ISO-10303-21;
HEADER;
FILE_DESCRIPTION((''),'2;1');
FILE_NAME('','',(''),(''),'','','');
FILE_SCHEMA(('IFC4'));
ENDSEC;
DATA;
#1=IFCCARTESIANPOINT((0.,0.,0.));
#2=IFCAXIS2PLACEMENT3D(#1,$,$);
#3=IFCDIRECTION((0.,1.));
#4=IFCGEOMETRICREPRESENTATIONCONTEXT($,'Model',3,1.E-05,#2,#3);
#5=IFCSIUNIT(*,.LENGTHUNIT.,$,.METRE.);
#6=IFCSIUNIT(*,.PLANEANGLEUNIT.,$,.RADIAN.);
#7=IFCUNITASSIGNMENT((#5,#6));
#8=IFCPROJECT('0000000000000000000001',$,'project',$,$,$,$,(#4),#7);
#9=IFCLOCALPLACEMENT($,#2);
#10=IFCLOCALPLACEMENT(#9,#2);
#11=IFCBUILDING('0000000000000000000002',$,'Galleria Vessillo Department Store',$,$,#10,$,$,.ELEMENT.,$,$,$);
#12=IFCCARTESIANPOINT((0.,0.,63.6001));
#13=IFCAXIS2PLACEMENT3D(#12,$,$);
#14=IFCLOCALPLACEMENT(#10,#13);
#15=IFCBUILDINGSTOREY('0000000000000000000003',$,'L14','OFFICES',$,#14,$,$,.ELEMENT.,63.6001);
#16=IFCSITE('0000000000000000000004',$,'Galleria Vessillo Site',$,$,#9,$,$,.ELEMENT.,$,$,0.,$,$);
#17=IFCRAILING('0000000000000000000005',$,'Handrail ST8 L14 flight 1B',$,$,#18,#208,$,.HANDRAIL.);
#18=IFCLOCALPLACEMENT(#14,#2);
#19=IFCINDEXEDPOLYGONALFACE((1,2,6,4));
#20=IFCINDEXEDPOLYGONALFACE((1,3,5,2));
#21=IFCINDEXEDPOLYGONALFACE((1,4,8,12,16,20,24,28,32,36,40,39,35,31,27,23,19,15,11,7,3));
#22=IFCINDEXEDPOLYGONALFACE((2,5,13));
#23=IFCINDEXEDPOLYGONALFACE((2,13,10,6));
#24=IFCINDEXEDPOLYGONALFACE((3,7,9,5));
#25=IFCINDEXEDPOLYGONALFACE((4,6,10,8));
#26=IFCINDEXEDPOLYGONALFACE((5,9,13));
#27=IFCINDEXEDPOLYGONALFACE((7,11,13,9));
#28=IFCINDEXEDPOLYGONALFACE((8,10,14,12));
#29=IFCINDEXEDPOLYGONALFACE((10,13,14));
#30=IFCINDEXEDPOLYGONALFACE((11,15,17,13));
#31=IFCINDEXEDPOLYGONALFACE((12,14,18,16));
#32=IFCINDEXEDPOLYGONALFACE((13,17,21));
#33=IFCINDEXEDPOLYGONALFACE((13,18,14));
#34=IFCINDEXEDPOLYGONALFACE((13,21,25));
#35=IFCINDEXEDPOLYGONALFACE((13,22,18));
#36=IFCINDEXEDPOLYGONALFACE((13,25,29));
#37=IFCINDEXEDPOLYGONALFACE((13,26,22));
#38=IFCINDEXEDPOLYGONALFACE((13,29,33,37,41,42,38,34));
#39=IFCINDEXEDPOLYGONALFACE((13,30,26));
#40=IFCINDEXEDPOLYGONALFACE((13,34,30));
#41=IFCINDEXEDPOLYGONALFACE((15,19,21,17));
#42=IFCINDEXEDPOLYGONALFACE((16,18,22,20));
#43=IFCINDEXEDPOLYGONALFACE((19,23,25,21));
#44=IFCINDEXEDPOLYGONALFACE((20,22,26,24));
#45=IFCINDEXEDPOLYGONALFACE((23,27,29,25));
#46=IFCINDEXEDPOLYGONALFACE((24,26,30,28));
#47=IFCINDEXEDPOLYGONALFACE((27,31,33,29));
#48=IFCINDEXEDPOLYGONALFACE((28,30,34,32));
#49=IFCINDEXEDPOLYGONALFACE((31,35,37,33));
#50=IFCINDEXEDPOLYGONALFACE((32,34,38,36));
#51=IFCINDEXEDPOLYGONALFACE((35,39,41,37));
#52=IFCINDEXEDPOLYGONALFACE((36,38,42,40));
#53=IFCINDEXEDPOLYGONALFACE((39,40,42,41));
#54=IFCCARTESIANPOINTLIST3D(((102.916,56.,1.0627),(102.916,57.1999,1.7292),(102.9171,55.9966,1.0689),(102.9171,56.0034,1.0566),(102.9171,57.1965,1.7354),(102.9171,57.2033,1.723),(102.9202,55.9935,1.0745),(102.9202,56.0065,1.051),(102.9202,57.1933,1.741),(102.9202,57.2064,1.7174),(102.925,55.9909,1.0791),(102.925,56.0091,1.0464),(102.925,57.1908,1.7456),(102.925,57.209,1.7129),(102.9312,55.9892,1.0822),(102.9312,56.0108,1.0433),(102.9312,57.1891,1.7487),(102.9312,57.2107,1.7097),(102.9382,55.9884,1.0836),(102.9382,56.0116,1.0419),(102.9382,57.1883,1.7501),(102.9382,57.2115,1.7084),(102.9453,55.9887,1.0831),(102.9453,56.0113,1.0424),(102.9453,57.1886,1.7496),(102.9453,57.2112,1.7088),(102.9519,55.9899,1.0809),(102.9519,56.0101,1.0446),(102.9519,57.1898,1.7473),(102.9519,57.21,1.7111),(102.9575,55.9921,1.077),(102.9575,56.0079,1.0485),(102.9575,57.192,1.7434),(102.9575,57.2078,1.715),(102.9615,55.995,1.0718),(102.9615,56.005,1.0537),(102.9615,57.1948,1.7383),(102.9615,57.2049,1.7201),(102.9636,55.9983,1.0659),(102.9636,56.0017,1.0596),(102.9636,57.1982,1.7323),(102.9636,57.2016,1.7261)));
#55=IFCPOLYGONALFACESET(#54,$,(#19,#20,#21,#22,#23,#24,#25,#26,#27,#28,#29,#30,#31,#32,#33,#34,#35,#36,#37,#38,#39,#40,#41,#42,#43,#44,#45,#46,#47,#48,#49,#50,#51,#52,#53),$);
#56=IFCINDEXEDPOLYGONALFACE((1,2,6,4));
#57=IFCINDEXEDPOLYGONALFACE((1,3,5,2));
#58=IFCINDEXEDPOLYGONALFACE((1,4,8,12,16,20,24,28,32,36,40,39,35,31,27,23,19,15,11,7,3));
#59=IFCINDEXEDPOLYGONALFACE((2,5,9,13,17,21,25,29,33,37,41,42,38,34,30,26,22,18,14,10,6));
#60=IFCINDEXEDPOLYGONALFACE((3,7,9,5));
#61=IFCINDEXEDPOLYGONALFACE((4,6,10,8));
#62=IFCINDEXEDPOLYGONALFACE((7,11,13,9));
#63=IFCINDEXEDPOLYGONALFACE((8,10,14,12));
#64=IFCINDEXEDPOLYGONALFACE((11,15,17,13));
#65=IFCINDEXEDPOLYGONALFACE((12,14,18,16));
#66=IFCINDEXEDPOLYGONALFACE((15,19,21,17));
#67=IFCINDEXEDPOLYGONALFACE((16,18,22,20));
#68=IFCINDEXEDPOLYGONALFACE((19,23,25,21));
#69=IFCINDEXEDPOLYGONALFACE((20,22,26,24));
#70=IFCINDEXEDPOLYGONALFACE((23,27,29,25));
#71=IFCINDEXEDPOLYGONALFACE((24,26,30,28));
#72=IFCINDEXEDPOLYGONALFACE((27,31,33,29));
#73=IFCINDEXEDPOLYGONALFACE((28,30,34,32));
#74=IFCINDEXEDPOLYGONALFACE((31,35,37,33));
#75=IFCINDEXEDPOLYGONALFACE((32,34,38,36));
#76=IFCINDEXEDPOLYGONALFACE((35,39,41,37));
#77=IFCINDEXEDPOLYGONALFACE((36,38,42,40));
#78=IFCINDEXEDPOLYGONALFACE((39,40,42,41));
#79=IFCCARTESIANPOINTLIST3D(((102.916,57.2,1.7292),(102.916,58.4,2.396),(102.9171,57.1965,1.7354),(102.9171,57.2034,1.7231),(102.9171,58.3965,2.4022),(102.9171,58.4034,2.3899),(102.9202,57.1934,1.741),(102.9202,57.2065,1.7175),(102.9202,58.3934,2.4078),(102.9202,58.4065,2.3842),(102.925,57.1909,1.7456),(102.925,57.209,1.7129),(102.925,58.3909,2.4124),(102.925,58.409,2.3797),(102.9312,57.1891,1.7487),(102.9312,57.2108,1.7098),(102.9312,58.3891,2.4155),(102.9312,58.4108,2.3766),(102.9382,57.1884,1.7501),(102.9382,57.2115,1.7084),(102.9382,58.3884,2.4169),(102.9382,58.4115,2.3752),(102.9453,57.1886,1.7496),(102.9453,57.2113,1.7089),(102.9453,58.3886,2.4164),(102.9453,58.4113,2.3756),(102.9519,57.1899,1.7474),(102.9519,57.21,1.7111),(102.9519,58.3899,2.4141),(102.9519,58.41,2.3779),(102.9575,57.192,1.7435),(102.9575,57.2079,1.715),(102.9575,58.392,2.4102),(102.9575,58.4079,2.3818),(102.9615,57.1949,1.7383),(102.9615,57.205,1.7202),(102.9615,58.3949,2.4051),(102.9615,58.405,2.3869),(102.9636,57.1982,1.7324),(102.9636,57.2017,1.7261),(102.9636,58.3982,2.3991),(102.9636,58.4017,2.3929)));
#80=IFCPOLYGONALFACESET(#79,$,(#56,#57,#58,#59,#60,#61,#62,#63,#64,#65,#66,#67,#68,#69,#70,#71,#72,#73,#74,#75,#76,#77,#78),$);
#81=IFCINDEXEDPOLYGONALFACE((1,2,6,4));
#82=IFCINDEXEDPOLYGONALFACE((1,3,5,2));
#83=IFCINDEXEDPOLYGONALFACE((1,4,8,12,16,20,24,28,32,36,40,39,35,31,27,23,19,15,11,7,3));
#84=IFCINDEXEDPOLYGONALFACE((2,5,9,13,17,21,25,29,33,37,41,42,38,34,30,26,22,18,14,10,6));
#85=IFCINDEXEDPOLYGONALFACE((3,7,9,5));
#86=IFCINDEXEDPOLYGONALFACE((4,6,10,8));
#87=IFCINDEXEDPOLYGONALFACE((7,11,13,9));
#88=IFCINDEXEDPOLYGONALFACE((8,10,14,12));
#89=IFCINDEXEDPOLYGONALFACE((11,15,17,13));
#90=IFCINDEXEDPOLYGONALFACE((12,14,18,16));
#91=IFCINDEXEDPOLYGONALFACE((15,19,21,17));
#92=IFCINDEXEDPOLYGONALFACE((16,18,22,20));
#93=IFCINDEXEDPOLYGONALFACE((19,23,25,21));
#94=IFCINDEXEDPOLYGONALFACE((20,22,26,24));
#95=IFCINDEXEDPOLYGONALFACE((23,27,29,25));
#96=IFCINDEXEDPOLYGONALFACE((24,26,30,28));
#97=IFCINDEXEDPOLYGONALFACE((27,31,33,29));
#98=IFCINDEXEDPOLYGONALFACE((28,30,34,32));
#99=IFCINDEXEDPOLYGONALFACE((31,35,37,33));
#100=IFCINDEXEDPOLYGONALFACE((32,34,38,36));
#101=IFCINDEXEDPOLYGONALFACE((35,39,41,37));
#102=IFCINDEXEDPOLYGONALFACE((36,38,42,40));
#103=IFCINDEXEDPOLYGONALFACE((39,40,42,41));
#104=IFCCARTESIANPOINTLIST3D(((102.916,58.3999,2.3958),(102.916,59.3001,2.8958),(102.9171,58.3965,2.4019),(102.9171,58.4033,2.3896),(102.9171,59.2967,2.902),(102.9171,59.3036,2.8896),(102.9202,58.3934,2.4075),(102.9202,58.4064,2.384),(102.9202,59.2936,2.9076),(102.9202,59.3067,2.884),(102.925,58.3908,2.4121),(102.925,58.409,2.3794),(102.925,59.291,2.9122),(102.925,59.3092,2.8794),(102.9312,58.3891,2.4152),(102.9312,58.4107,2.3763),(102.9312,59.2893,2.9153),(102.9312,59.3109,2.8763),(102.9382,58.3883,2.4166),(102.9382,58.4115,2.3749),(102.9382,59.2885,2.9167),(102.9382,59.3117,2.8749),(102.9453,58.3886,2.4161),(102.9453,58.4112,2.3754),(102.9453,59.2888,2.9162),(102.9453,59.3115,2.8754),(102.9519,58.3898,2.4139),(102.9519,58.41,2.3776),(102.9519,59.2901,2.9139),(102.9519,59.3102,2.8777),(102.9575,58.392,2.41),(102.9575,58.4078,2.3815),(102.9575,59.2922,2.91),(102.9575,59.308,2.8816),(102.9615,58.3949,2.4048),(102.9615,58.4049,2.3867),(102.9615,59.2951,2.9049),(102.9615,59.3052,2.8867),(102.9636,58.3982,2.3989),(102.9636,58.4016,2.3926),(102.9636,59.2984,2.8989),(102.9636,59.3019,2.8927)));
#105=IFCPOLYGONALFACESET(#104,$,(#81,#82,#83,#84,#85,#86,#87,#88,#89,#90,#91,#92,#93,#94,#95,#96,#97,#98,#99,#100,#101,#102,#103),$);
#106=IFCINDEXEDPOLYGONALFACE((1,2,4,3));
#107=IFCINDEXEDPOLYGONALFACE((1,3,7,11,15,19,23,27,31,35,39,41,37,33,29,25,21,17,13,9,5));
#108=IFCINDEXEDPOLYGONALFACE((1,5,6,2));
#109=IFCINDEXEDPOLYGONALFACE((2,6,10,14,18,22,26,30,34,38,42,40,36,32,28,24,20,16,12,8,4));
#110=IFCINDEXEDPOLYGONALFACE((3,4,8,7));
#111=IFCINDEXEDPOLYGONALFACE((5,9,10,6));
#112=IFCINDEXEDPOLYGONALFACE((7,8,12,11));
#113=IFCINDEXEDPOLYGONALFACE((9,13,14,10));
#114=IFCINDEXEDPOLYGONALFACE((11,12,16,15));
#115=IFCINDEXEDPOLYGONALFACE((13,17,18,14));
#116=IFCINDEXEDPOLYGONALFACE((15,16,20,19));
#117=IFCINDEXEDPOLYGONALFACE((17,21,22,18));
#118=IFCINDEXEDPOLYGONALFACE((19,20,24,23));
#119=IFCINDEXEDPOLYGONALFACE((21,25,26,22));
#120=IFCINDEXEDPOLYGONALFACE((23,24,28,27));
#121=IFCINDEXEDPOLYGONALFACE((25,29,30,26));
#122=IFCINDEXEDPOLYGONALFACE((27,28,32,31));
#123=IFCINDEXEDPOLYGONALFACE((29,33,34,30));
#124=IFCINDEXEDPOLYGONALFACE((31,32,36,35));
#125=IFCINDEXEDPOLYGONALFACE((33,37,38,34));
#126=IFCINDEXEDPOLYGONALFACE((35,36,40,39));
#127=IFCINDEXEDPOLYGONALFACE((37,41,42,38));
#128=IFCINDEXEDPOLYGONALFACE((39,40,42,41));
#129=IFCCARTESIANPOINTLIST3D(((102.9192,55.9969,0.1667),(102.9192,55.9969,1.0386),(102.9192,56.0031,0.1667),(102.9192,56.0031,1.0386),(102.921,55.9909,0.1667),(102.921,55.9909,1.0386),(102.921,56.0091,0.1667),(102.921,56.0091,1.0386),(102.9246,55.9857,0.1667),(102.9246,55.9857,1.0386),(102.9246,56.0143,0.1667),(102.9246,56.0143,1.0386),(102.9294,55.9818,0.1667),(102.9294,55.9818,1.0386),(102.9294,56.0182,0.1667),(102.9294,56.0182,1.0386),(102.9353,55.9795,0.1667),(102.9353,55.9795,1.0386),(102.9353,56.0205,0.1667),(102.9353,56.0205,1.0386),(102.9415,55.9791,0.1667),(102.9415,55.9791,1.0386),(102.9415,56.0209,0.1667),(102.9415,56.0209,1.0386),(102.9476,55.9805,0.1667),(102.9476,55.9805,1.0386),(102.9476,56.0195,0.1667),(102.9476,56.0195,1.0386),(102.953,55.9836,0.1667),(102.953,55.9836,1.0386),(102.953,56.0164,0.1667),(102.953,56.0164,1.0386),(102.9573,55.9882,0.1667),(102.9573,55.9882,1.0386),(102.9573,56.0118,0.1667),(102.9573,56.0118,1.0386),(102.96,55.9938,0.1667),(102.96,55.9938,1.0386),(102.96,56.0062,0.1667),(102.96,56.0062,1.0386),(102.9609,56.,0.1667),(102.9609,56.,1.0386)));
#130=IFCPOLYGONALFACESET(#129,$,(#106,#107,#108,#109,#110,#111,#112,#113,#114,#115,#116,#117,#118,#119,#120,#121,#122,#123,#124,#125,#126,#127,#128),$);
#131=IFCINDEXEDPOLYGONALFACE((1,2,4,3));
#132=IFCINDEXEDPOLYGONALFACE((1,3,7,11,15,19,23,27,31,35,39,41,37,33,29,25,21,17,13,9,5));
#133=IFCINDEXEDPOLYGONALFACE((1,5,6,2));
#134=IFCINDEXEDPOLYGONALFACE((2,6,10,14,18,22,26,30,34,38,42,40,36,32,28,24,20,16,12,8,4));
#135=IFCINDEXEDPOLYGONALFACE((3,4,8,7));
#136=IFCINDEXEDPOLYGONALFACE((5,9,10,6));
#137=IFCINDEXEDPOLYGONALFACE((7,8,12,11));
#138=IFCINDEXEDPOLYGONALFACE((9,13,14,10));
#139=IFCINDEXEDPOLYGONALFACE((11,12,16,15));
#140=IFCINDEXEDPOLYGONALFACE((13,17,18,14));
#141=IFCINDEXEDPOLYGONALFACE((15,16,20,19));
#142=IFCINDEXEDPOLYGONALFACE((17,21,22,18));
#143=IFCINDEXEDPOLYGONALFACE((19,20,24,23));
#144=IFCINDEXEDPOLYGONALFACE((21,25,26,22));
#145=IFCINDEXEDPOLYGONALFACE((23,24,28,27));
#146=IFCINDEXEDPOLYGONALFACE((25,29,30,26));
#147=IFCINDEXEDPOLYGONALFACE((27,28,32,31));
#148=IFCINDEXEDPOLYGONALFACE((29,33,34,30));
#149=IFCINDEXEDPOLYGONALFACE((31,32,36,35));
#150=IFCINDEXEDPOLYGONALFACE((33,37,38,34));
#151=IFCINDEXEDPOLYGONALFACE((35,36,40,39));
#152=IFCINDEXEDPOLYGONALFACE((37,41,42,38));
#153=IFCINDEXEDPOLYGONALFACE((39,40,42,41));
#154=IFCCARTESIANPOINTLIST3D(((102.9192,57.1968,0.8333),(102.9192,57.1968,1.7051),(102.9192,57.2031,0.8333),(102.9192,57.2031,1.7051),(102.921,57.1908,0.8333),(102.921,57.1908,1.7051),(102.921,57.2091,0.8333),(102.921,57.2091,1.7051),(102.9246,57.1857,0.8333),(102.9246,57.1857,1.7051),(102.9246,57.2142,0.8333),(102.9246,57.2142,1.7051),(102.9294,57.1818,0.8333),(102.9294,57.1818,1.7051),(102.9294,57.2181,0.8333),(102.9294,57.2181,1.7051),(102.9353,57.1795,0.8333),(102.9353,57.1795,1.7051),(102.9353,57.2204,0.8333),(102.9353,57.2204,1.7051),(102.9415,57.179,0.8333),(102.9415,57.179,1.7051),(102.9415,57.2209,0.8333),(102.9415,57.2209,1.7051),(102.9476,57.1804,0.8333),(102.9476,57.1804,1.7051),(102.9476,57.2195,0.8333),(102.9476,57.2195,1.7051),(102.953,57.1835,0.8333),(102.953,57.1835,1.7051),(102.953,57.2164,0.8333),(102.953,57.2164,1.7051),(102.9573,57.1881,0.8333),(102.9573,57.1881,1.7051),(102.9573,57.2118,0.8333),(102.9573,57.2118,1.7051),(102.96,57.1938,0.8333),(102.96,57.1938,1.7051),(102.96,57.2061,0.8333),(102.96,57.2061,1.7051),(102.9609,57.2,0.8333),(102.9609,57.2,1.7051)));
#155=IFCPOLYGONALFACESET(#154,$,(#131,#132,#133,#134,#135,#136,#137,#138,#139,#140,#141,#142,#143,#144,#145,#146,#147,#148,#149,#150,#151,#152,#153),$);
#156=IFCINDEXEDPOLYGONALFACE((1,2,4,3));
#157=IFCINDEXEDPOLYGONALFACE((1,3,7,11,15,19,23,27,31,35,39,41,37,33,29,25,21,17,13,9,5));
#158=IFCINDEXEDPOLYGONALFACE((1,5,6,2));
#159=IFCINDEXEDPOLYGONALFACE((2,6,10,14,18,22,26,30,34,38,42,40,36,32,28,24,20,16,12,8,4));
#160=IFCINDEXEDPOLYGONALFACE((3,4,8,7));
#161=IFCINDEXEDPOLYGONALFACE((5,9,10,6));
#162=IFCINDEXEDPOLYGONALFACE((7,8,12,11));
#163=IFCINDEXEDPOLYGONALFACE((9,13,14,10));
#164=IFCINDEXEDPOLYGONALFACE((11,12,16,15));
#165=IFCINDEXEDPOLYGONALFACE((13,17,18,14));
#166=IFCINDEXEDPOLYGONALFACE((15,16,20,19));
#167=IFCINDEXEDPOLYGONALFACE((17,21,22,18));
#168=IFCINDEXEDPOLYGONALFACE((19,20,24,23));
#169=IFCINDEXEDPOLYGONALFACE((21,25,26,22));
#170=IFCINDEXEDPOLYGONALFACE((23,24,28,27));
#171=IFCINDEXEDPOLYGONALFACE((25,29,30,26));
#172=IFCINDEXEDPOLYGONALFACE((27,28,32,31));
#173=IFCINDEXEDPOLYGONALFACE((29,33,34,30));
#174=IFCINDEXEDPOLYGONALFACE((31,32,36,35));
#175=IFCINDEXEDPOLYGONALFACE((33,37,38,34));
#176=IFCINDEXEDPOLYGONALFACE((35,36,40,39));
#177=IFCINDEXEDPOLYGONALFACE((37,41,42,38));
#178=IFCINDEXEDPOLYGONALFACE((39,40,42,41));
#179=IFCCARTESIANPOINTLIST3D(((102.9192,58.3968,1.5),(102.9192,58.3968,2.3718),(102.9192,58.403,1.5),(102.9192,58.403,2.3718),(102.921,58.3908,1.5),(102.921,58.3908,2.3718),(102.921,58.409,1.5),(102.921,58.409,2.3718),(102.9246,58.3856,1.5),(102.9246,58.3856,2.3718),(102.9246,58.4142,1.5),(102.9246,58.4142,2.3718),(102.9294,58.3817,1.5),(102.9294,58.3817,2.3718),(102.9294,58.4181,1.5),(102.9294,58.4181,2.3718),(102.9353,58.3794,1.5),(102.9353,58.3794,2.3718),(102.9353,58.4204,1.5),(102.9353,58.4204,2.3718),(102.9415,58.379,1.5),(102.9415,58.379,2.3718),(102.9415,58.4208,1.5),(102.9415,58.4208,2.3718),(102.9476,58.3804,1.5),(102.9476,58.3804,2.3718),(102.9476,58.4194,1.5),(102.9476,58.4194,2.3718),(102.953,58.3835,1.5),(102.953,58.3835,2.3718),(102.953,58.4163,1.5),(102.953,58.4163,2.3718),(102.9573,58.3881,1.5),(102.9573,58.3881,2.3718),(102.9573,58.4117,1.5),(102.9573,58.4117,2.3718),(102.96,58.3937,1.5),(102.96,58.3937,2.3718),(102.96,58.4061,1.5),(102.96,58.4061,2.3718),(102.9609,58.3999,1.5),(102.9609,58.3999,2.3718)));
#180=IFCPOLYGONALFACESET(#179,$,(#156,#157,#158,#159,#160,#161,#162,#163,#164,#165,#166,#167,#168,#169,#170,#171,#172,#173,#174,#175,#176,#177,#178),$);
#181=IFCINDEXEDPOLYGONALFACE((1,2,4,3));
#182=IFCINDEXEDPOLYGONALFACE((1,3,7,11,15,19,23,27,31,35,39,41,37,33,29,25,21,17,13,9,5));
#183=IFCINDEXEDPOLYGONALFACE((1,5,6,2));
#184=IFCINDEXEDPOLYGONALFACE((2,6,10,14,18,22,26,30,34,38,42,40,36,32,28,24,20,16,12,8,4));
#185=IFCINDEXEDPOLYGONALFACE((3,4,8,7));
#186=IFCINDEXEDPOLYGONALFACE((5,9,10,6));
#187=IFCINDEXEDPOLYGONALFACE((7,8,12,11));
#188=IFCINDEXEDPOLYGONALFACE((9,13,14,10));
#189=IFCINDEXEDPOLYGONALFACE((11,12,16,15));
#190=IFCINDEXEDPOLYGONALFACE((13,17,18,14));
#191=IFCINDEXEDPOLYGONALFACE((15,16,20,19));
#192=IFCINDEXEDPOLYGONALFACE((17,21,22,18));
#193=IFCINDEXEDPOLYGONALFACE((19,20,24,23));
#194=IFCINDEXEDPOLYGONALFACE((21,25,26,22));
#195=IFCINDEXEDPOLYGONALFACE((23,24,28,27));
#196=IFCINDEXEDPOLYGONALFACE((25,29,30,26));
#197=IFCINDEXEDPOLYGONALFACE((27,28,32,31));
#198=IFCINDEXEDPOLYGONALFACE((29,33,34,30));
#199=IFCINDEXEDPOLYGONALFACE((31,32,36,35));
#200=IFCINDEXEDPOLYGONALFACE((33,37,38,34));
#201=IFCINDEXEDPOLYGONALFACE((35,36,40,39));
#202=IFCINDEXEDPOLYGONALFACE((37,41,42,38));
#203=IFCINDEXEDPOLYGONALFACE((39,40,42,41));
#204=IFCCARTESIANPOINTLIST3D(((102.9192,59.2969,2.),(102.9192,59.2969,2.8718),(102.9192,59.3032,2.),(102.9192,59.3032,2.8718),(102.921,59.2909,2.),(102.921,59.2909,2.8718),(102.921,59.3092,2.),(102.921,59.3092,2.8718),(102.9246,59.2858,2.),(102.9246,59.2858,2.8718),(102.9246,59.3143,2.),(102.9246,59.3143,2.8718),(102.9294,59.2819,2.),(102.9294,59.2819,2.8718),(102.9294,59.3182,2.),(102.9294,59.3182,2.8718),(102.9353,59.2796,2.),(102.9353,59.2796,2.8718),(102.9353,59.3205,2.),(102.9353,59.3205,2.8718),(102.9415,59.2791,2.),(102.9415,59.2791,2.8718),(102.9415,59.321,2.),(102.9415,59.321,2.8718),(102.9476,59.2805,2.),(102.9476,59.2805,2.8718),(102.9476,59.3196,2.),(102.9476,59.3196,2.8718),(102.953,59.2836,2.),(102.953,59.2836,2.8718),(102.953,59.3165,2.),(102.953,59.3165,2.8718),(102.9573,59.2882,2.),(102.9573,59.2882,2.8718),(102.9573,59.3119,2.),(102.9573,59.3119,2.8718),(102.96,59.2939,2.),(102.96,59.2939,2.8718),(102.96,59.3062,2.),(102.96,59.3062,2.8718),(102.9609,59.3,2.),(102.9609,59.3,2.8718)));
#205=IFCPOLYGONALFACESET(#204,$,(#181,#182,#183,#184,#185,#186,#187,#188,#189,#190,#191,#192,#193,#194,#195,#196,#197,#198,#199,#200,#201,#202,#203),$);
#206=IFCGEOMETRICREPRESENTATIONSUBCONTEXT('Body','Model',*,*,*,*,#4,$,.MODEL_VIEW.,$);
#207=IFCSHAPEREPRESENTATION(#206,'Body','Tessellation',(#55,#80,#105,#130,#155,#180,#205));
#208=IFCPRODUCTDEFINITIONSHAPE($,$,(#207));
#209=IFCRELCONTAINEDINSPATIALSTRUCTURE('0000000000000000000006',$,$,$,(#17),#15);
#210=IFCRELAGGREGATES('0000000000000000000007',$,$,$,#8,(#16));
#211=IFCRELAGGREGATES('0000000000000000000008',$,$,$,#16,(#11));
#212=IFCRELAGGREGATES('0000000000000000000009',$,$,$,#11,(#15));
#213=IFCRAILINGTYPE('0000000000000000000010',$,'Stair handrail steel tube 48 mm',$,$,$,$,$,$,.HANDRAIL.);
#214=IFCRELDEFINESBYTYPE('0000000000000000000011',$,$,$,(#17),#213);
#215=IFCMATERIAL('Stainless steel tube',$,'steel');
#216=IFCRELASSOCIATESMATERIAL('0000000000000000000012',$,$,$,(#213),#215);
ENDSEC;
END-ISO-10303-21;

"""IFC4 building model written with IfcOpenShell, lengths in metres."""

from ifc_helpers import new_model, si_unit, direction, frame, origin, origin_2d, place, context, subcontext, project, spatial, circle, extrude, material, type_object, element, save


model = new_model("IFC4")

# Units and contexts
model_context = context("Model", 3, precision=1e-05, world=origin(), true_north=direction((0.0, 1.0)))
body_context = subcontext(model_context, "Body", "Model", "MODEL_VIEW")
ifc_project = project(units=[si_unit("LENGTHUNIT", "METRE"), si_unit("PLANEANGLEUNIT", "RADIAN")], contexts=[model_context])

# Site, building, storey
site_placement = place(None, origin())
site = spatial("IfcSite", under=ifc_project, at=site_placement, Name="Galleria Vessillo Site", CompositionType="ELEMENT", RefElevation=0.0)
building_placement = place(site_placement, origin())
building = spatial("IfcBuilding", under=site, at=building_placement, Name="Galleria Vessillo Department Store", CompositionType="ELEMENT")
storey_placement = place(building_placement, frame((0.0, 0.0, 63.6001)))
storey = spatial("IfcBuildingStorey", under=building, at=storey_placement, Name="L14", Description="OFFICES", CompositionType="ELEMENT", Elevation=63.6001)

# Railing
ifc_material_1 = material(Name="Stainless steel tube", Category="steel")
railing_type = type_object("IfcRailingType", Name="Stair handrail steel tube 48 mm", PredefinedType="HANDRAIL", material=ifc_material_1)
for number, where, name in (
    (1, (102.9399, 56.0, 0.1667), "Handrail ST8 L14 flight 1B"),
):
    element("IfcRailing", number, at=place(storey_placement, frame(where)), inside=storey, type_object=railing_type, Name=name, PredefinedType="HANDRAIL", context=body_context, shape_type="SweptSolid", body=[
        extrude(circle(Radius=0.0239, at=origin_2d()), frame((0.0, 0.0, 0.896), z_axis=(0.0, 0.874199, 0.485567), x_axis=(-1.0, 0.0, 0.0)), (0.0, 0.0, 1.0), 1.3726),
        extrude(circle(Radius=0.0239, at=origin_2d()), frame((0.0, 1.2, 1.5625), z_axis=(0.0, 0.874124, 0.485703), x_axis=(-1.0, 0.0, 0.0)), (0.0, 0.0, 1.0), 1.3728),
        extrude(circle(Radius=0.0239, at=origin_2d()), frame((0.0, 2.3999, 2.229), z_axis=(0.0, 0.874191, 0.485583), x_axis=(-1.0, 0.0, 0.0)), (0.0, 0.0, 1.0), 1.0298),
        extrude(circle(Radius=0.021, at=origin_2d()), origin(), (0.0, 0.0, 1.0), 0.8718),
        extrude(circle(Radius=0.021, at=origin_2d()), frame((0.0, 1.2, 0.6665)), (0.0, 0.0, 1.0), 0.8718),
        extrude(circle(Radius=0.021, at=origin_2d()), frame((0.0, 2.3999, 1.3333)), (0.0, 0.0, 1.0), 0.8718),
        extrude(circle(Radius=0.021, at=origin_2d()), frame((0.0, 3.3, 1.8333)), (0.0, 0.0, 1.0), 0.8718),
    ])

save(model, "model.ifc")
